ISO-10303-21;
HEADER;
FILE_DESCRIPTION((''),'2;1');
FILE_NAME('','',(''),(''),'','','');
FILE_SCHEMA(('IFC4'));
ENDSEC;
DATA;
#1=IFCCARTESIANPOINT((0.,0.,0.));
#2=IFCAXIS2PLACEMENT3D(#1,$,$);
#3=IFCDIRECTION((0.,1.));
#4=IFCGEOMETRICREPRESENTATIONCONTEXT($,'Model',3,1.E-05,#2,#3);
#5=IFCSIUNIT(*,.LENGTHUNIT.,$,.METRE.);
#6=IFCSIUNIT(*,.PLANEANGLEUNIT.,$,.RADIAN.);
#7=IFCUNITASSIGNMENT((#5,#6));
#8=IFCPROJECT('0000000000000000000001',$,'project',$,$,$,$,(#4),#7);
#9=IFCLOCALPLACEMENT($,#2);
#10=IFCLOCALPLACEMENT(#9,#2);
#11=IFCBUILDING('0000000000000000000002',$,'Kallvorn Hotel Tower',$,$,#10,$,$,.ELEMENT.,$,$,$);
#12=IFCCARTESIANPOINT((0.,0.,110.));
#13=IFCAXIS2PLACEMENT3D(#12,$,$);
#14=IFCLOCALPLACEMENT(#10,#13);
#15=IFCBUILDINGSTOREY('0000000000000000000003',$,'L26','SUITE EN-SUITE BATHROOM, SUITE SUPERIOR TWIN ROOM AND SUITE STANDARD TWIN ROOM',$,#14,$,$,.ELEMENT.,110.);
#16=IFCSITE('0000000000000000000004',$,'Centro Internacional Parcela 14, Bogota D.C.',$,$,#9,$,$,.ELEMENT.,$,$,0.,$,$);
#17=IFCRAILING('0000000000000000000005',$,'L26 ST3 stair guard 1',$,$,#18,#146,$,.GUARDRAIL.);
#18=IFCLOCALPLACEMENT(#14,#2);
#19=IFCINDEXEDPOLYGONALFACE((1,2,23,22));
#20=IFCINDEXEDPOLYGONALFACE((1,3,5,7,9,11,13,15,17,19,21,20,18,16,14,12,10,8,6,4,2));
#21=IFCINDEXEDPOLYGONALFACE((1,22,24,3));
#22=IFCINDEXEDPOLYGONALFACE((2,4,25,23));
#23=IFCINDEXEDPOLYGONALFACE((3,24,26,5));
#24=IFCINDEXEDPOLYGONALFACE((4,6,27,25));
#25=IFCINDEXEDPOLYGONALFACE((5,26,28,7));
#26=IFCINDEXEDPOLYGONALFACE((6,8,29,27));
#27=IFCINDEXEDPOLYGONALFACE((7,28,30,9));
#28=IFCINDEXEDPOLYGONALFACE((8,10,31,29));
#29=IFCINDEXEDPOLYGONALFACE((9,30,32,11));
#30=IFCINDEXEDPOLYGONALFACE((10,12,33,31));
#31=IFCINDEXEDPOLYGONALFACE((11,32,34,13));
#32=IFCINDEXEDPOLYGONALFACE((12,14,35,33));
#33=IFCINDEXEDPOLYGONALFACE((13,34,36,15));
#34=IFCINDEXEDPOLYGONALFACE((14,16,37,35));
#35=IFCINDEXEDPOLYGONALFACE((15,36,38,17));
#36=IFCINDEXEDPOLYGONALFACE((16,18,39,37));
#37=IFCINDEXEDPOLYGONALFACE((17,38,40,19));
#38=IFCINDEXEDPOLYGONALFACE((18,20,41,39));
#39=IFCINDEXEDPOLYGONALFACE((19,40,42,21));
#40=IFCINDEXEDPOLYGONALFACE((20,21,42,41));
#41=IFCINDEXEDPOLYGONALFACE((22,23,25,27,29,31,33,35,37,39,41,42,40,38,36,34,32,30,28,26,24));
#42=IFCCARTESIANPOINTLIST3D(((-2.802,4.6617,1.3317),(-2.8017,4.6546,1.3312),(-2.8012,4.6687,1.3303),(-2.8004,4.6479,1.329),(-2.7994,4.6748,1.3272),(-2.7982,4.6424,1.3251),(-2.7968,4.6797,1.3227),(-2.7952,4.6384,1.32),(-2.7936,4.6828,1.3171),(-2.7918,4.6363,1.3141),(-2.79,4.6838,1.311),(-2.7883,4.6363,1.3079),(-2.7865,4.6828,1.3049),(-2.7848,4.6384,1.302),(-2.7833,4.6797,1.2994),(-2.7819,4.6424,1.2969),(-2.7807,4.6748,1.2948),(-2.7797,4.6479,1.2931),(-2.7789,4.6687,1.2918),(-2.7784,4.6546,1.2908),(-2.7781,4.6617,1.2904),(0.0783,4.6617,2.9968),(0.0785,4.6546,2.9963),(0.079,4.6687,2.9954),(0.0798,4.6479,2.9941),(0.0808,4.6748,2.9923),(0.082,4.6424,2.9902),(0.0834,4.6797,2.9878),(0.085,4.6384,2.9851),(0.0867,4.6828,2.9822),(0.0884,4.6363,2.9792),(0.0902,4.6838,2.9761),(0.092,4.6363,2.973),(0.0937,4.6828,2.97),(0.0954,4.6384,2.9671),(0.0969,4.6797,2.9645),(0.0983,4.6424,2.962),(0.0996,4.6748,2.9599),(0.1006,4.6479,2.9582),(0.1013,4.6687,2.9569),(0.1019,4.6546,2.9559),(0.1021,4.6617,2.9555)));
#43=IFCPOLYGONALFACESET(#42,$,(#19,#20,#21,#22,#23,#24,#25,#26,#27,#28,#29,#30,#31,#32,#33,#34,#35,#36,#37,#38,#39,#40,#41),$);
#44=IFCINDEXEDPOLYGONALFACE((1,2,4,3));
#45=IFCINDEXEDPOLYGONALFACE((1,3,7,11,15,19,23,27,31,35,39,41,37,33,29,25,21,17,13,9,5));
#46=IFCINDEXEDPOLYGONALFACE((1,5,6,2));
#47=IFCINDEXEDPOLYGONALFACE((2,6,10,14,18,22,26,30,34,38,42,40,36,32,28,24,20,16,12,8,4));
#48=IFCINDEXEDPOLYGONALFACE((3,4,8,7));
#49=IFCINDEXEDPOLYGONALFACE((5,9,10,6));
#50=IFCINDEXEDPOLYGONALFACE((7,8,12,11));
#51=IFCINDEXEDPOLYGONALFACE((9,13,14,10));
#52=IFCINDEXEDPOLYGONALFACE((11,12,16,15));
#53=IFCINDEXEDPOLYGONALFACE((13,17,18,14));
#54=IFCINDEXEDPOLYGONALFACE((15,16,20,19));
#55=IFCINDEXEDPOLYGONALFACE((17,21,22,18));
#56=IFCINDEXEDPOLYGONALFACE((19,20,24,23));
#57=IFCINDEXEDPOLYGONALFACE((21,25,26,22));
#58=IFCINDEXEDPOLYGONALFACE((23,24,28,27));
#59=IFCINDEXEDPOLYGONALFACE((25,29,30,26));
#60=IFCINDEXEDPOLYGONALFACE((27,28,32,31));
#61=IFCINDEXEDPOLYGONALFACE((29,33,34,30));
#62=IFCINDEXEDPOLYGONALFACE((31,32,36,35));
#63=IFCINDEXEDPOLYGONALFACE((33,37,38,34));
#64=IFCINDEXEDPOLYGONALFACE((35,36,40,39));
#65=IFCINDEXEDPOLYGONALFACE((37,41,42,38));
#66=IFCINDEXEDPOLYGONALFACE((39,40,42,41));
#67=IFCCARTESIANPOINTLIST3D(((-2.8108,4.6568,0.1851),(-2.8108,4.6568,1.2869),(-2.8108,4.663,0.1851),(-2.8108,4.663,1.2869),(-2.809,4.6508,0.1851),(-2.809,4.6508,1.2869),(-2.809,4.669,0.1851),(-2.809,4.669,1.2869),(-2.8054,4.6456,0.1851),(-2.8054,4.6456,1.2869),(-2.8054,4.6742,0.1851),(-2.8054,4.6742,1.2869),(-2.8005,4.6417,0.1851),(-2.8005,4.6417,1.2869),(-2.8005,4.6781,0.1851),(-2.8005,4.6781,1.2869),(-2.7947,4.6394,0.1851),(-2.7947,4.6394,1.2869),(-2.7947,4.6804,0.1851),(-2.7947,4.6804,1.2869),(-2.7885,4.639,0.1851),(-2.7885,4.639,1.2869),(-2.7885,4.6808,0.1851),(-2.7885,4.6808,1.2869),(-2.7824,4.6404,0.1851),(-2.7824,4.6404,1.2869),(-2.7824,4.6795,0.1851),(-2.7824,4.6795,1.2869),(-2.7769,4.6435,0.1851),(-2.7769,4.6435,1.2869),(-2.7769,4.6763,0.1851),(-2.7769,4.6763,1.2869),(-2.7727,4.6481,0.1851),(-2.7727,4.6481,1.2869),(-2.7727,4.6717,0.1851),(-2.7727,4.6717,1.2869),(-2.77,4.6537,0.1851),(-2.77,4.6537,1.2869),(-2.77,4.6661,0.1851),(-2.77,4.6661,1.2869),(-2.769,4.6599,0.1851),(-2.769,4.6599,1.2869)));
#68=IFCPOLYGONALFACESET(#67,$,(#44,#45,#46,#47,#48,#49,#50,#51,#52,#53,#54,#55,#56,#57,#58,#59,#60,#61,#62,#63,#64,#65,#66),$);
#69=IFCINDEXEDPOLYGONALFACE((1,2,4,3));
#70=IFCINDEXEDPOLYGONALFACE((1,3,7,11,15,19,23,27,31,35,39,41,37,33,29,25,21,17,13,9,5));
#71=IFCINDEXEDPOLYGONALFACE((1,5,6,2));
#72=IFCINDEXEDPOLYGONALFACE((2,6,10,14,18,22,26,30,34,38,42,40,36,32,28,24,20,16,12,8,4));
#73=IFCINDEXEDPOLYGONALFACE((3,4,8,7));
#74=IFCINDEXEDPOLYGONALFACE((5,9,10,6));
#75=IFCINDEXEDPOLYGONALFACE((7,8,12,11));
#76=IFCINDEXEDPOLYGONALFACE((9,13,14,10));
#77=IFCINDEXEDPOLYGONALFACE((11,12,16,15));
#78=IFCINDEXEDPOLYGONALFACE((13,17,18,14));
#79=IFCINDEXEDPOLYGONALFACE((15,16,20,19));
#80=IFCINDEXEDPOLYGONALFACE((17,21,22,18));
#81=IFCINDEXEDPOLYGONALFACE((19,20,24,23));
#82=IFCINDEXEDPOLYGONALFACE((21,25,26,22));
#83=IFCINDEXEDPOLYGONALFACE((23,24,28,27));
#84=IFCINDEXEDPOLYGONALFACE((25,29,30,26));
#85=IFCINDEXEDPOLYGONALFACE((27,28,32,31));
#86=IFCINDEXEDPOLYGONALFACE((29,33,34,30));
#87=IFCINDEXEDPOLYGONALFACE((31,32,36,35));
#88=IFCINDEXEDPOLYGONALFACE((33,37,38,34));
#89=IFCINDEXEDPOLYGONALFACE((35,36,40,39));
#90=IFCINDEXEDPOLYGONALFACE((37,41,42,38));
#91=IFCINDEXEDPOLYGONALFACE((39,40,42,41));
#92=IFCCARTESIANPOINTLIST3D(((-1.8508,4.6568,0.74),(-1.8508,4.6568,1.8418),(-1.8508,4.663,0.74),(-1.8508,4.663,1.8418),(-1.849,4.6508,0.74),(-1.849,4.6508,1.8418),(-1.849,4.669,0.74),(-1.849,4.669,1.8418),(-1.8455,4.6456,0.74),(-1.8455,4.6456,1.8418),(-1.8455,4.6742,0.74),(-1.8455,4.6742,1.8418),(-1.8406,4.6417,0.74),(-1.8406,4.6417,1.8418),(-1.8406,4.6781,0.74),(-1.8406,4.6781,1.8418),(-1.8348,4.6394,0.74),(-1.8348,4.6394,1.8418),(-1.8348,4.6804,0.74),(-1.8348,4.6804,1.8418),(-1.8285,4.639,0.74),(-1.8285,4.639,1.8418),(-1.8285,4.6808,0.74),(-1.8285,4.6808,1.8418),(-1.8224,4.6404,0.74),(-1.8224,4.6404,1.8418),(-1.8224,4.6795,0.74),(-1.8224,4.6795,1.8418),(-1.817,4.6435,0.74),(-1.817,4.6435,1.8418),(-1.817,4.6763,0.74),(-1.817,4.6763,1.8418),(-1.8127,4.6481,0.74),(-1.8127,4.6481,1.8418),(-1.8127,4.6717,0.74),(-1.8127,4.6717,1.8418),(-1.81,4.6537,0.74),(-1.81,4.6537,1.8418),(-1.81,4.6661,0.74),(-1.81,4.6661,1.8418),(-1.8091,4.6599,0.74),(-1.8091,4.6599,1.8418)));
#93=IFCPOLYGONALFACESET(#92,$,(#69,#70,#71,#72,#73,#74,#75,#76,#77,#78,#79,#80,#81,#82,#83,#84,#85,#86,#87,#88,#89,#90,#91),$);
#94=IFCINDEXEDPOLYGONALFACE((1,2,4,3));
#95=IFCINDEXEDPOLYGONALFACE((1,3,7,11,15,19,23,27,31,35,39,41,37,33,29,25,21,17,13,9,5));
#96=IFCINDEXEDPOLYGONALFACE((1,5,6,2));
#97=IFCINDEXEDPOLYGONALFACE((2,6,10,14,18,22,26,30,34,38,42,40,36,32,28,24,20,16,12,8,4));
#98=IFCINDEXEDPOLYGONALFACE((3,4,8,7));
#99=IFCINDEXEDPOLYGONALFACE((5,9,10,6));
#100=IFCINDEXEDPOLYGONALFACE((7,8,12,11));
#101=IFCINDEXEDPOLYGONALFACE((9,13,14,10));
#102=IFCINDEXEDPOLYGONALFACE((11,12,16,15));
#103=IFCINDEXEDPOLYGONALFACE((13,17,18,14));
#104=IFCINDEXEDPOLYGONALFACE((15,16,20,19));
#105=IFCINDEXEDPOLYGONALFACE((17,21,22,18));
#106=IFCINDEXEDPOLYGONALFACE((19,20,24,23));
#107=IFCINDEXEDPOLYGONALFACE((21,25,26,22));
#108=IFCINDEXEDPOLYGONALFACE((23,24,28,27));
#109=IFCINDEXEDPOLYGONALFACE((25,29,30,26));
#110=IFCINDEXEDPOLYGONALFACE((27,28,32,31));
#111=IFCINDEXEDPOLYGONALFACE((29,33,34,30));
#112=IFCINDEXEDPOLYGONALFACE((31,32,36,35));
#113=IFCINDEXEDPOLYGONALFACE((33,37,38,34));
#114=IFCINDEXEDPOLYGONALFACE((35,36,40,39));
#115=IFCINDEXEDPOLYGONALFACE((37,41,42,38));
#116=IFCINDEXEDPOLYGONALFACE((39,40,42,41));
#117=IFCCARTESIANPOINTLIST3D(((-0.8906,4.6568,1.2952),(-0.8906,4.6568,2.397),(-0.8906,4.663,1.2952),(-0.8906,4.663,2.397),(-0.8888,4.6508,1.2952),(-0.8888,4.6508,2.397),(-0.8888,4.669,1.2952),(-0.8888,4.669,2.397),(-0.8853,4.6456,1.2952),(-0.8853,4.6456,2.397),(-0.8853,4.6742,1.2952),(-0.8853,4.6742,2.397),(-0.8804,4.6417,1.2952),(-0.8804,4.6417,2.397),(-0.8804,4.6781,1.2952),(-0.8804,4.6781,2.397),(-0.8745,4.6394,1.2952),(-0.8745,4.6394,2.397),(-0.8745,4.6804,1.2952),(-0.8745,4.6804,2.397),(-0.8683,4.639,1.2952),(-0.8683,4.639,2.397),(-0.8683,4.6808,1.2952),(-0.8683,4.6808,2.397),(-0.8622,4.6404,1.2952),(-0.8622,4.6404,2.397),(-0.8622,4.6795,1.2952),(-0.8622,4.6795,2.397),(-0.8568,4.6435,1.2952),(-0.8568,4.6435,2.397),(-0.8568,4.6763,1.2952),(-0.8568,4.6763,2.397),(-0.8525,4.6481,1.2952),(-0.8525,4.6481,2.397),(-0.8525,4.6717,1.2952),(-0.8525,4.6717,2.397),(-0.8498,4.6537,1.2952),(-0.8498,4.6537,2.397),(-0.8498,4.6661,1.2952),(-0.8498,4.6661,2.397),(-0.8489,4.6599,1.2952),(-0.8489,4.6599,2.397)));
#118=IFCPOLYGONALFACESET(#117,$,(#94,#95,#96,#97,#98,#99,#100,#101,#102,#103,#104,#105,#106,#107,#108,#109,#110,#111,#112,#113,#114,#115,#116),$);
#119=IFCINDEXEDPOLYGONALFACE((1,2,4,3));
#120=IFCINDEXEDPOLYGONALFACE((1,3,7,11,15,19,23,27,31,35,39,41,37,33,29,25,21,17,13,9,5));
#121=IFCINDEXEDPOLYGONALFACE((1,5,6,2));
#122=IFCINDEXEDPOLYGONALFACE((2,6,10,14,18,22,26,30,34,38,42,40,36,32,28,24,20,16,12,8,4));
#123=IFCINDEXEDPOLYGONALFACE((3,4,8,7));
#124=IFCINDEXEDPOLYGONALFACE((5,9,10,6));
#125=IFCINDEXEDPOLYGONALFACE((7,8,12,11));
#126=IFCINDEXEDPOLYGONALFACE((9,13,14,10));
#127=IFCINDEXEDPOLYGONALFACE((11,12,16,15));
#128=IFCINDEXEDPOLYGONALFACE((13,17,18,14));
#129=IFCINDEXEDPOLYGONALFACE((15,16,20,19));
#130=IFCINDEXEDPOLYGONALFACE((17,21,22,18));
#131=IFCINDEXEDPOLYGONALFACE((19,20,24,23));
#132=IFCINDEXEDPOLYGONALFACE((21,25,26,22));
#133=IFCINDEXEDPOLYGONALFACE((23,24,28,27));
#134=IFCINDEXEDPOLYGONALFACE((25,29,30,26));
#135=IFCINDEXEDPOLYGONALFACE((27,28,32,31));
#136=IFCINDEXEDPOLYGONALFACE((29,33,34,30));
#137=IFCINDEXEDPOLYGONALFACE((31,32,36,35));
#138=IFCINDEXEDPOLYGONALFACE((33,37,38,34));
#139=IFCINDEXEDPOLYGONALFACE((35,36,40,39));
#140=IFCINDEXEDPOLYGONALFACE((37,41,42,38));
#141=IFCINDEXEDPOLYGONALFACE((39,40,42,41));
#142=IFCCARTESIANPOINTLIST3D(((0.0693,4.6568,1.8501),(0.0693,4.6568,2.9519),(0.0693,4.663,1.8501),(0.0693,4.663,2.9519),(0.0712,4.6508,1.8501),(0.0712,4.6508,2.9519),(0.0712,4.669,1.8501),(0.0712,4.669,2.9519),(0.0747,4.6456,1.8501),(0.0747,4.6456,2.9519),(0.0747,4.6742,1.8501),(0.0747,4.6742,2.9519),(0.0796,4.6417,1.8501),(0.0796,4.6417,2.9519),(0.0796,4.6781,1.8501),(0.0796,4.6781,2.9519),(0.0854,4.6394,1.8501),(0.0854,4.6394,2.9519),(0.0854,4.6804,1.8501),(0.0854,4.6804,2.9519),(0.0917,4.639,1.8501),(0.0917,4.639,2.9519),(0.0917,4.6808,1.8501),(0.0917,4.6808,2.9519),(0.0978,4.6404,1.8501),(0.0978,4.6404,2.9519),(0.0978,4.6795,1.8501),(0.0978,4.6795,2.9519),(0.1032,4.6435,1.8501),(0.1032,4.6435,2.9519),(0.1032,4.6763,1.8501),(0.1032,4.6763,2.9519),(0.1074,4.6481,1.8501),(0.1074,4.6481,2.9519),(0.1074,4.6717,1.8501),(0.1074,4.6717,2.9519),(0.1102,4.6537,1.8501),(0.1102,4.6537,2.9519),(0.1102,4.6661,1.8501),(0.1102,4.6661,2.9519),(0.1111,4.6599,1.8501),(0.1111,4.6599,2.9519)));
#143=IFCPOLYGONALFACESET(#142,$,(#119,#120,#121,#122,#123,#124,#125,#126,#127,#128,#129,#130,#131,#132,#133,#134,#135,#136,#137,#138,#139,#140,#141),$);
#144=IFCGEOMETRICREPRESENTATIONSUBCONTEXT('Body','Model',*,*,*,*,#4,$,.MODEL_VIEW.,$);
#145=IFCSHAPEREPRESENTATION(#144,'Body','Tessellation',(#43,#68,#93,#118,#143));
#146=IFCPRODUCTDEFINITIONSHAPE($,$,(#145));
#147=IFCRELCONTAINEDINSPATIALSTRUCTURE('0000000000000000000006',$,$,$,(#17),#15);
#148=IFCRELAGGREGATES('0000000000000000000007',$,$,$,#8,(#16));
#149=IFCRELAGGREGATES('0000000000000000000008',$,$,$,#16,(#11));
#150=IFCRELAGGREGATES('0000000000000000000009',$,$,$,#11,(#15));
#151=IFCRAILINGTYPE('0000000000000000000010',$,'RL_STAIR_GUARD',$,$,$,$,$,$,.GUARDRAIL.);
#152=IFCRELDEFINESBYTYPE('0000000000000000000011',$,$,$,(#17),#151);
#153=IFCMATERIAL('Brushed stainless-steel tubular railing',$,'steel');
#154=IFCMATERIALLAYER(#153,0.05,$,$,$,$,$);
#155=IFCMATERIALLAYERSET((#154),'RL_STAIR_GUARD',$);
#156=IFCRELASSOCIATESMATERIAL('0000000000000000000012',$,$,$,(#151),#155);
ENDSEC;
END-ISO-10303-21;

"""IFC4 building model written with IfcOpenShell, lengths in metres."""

from ifc_helpers import new_model, si_unit, direction, frame, origin, origin_2d, place, context, subcontext, project, spatial, circle, extrude, material, layer, layer_set, type_object, element, save


model = new_model("IFC4")

# Units and contexts
model_context = context("Model", 3, precision=1e-05, world=origin(), true_north=direction((0.0, 1.0)))
body_context = subcontext(model_context, "Body", "Model", "MODEL_VIEW")
ifc_project = project(units=[si_unit("LENGTHUNIT", "METRE"), si_unit("PLANEANGLEUNIT", "RADIAN")], contexts=[model_context])

# Site, building, storey
site_placement = place(None, origin())
site = spatial("IfcSite", under=ifc_project, at=site_placement, Name="Centro Internacional Parcela 14, Bogota D.C.", CompositionType="ELEMENT", RefElevation=0.0)
building_placement = place(site_placement, origin())
building = spatial("IfcBuilding", under=site, at=building_placement, Name="Kallvorn Hotel Tower", CompositionType="ELEMENT")
storey_placement = place(building_placement, frame((0.0, 0.0, 110.0)))
storey = spatial("IfcBuildingStorey", under=building, at=storey_placement, Name="L26", Description="SUITE EN-SUITE BATHROOM, SUITE SUPERIOR TWIN ROOM AND SUITE STANDARD TWIN ROOM", CompositionType="ELEMENT", Elevation=110.0)

# Railing
ifc_material_1 = material(Name="Brushed stainless-steel tubular railing", Category="steel")
ifc_layer_1 = layer(ifc_material_1, 0.05)
ifc_layer_set_1 = layer_set([ifc_layer_1], Name="RL_STAIR_GUARD")
railing_type_1 = type_object("IfcRailingType", Name="RL_STAIR_GUARD", PredefinedType="GUARDRAIL", material=ifc_layer_set_1)
railing_1_placement = place(storey_placement, frame((-2.79, 4.6599, 0.1851)))
element("IfcRailing", 1, at=railing_1_placement, inside=storey, type_object=railing_type_1, Name="L26 ST3 stair guard 1", PredefinedType="GUARDRAIL", context=body_context, shape_type="SweptSolid", body=[
    extrude(circle(Radius=0.0239, at=origin_2d()), frame((0.0, 0.0, 1.126), z_axis=(0.865739, 0.0, 0.500495), x_axis=(0.0, 1.0, 0.0)), (0.0, 0.0, 1.0), 3.3269),
    extrude(circle(Radius=0.021, at=origin_2d()), origin(), (0.0, 0.0, 1.0), 1.1018),
    extrude(circle(Radius=0.021, at=origin_2d()), frame((0.96, 0.0, 0.5549)), (0.0, 0.0, 1.0), 1.1018),
    extrude(circle(Radius=0.021, at=origin_2d()), frame((1.9202, 0.0, 1.1101)), (0.0, 0.0, 1.0), 1.1018),
    extrude(circle(Radius=0.021, at=origin_2d()), frame((2.8801, 0.0, 1.665)), (0.0, 0.0, 1.0), 1.1018),
])

save(model, "model.ifc")
